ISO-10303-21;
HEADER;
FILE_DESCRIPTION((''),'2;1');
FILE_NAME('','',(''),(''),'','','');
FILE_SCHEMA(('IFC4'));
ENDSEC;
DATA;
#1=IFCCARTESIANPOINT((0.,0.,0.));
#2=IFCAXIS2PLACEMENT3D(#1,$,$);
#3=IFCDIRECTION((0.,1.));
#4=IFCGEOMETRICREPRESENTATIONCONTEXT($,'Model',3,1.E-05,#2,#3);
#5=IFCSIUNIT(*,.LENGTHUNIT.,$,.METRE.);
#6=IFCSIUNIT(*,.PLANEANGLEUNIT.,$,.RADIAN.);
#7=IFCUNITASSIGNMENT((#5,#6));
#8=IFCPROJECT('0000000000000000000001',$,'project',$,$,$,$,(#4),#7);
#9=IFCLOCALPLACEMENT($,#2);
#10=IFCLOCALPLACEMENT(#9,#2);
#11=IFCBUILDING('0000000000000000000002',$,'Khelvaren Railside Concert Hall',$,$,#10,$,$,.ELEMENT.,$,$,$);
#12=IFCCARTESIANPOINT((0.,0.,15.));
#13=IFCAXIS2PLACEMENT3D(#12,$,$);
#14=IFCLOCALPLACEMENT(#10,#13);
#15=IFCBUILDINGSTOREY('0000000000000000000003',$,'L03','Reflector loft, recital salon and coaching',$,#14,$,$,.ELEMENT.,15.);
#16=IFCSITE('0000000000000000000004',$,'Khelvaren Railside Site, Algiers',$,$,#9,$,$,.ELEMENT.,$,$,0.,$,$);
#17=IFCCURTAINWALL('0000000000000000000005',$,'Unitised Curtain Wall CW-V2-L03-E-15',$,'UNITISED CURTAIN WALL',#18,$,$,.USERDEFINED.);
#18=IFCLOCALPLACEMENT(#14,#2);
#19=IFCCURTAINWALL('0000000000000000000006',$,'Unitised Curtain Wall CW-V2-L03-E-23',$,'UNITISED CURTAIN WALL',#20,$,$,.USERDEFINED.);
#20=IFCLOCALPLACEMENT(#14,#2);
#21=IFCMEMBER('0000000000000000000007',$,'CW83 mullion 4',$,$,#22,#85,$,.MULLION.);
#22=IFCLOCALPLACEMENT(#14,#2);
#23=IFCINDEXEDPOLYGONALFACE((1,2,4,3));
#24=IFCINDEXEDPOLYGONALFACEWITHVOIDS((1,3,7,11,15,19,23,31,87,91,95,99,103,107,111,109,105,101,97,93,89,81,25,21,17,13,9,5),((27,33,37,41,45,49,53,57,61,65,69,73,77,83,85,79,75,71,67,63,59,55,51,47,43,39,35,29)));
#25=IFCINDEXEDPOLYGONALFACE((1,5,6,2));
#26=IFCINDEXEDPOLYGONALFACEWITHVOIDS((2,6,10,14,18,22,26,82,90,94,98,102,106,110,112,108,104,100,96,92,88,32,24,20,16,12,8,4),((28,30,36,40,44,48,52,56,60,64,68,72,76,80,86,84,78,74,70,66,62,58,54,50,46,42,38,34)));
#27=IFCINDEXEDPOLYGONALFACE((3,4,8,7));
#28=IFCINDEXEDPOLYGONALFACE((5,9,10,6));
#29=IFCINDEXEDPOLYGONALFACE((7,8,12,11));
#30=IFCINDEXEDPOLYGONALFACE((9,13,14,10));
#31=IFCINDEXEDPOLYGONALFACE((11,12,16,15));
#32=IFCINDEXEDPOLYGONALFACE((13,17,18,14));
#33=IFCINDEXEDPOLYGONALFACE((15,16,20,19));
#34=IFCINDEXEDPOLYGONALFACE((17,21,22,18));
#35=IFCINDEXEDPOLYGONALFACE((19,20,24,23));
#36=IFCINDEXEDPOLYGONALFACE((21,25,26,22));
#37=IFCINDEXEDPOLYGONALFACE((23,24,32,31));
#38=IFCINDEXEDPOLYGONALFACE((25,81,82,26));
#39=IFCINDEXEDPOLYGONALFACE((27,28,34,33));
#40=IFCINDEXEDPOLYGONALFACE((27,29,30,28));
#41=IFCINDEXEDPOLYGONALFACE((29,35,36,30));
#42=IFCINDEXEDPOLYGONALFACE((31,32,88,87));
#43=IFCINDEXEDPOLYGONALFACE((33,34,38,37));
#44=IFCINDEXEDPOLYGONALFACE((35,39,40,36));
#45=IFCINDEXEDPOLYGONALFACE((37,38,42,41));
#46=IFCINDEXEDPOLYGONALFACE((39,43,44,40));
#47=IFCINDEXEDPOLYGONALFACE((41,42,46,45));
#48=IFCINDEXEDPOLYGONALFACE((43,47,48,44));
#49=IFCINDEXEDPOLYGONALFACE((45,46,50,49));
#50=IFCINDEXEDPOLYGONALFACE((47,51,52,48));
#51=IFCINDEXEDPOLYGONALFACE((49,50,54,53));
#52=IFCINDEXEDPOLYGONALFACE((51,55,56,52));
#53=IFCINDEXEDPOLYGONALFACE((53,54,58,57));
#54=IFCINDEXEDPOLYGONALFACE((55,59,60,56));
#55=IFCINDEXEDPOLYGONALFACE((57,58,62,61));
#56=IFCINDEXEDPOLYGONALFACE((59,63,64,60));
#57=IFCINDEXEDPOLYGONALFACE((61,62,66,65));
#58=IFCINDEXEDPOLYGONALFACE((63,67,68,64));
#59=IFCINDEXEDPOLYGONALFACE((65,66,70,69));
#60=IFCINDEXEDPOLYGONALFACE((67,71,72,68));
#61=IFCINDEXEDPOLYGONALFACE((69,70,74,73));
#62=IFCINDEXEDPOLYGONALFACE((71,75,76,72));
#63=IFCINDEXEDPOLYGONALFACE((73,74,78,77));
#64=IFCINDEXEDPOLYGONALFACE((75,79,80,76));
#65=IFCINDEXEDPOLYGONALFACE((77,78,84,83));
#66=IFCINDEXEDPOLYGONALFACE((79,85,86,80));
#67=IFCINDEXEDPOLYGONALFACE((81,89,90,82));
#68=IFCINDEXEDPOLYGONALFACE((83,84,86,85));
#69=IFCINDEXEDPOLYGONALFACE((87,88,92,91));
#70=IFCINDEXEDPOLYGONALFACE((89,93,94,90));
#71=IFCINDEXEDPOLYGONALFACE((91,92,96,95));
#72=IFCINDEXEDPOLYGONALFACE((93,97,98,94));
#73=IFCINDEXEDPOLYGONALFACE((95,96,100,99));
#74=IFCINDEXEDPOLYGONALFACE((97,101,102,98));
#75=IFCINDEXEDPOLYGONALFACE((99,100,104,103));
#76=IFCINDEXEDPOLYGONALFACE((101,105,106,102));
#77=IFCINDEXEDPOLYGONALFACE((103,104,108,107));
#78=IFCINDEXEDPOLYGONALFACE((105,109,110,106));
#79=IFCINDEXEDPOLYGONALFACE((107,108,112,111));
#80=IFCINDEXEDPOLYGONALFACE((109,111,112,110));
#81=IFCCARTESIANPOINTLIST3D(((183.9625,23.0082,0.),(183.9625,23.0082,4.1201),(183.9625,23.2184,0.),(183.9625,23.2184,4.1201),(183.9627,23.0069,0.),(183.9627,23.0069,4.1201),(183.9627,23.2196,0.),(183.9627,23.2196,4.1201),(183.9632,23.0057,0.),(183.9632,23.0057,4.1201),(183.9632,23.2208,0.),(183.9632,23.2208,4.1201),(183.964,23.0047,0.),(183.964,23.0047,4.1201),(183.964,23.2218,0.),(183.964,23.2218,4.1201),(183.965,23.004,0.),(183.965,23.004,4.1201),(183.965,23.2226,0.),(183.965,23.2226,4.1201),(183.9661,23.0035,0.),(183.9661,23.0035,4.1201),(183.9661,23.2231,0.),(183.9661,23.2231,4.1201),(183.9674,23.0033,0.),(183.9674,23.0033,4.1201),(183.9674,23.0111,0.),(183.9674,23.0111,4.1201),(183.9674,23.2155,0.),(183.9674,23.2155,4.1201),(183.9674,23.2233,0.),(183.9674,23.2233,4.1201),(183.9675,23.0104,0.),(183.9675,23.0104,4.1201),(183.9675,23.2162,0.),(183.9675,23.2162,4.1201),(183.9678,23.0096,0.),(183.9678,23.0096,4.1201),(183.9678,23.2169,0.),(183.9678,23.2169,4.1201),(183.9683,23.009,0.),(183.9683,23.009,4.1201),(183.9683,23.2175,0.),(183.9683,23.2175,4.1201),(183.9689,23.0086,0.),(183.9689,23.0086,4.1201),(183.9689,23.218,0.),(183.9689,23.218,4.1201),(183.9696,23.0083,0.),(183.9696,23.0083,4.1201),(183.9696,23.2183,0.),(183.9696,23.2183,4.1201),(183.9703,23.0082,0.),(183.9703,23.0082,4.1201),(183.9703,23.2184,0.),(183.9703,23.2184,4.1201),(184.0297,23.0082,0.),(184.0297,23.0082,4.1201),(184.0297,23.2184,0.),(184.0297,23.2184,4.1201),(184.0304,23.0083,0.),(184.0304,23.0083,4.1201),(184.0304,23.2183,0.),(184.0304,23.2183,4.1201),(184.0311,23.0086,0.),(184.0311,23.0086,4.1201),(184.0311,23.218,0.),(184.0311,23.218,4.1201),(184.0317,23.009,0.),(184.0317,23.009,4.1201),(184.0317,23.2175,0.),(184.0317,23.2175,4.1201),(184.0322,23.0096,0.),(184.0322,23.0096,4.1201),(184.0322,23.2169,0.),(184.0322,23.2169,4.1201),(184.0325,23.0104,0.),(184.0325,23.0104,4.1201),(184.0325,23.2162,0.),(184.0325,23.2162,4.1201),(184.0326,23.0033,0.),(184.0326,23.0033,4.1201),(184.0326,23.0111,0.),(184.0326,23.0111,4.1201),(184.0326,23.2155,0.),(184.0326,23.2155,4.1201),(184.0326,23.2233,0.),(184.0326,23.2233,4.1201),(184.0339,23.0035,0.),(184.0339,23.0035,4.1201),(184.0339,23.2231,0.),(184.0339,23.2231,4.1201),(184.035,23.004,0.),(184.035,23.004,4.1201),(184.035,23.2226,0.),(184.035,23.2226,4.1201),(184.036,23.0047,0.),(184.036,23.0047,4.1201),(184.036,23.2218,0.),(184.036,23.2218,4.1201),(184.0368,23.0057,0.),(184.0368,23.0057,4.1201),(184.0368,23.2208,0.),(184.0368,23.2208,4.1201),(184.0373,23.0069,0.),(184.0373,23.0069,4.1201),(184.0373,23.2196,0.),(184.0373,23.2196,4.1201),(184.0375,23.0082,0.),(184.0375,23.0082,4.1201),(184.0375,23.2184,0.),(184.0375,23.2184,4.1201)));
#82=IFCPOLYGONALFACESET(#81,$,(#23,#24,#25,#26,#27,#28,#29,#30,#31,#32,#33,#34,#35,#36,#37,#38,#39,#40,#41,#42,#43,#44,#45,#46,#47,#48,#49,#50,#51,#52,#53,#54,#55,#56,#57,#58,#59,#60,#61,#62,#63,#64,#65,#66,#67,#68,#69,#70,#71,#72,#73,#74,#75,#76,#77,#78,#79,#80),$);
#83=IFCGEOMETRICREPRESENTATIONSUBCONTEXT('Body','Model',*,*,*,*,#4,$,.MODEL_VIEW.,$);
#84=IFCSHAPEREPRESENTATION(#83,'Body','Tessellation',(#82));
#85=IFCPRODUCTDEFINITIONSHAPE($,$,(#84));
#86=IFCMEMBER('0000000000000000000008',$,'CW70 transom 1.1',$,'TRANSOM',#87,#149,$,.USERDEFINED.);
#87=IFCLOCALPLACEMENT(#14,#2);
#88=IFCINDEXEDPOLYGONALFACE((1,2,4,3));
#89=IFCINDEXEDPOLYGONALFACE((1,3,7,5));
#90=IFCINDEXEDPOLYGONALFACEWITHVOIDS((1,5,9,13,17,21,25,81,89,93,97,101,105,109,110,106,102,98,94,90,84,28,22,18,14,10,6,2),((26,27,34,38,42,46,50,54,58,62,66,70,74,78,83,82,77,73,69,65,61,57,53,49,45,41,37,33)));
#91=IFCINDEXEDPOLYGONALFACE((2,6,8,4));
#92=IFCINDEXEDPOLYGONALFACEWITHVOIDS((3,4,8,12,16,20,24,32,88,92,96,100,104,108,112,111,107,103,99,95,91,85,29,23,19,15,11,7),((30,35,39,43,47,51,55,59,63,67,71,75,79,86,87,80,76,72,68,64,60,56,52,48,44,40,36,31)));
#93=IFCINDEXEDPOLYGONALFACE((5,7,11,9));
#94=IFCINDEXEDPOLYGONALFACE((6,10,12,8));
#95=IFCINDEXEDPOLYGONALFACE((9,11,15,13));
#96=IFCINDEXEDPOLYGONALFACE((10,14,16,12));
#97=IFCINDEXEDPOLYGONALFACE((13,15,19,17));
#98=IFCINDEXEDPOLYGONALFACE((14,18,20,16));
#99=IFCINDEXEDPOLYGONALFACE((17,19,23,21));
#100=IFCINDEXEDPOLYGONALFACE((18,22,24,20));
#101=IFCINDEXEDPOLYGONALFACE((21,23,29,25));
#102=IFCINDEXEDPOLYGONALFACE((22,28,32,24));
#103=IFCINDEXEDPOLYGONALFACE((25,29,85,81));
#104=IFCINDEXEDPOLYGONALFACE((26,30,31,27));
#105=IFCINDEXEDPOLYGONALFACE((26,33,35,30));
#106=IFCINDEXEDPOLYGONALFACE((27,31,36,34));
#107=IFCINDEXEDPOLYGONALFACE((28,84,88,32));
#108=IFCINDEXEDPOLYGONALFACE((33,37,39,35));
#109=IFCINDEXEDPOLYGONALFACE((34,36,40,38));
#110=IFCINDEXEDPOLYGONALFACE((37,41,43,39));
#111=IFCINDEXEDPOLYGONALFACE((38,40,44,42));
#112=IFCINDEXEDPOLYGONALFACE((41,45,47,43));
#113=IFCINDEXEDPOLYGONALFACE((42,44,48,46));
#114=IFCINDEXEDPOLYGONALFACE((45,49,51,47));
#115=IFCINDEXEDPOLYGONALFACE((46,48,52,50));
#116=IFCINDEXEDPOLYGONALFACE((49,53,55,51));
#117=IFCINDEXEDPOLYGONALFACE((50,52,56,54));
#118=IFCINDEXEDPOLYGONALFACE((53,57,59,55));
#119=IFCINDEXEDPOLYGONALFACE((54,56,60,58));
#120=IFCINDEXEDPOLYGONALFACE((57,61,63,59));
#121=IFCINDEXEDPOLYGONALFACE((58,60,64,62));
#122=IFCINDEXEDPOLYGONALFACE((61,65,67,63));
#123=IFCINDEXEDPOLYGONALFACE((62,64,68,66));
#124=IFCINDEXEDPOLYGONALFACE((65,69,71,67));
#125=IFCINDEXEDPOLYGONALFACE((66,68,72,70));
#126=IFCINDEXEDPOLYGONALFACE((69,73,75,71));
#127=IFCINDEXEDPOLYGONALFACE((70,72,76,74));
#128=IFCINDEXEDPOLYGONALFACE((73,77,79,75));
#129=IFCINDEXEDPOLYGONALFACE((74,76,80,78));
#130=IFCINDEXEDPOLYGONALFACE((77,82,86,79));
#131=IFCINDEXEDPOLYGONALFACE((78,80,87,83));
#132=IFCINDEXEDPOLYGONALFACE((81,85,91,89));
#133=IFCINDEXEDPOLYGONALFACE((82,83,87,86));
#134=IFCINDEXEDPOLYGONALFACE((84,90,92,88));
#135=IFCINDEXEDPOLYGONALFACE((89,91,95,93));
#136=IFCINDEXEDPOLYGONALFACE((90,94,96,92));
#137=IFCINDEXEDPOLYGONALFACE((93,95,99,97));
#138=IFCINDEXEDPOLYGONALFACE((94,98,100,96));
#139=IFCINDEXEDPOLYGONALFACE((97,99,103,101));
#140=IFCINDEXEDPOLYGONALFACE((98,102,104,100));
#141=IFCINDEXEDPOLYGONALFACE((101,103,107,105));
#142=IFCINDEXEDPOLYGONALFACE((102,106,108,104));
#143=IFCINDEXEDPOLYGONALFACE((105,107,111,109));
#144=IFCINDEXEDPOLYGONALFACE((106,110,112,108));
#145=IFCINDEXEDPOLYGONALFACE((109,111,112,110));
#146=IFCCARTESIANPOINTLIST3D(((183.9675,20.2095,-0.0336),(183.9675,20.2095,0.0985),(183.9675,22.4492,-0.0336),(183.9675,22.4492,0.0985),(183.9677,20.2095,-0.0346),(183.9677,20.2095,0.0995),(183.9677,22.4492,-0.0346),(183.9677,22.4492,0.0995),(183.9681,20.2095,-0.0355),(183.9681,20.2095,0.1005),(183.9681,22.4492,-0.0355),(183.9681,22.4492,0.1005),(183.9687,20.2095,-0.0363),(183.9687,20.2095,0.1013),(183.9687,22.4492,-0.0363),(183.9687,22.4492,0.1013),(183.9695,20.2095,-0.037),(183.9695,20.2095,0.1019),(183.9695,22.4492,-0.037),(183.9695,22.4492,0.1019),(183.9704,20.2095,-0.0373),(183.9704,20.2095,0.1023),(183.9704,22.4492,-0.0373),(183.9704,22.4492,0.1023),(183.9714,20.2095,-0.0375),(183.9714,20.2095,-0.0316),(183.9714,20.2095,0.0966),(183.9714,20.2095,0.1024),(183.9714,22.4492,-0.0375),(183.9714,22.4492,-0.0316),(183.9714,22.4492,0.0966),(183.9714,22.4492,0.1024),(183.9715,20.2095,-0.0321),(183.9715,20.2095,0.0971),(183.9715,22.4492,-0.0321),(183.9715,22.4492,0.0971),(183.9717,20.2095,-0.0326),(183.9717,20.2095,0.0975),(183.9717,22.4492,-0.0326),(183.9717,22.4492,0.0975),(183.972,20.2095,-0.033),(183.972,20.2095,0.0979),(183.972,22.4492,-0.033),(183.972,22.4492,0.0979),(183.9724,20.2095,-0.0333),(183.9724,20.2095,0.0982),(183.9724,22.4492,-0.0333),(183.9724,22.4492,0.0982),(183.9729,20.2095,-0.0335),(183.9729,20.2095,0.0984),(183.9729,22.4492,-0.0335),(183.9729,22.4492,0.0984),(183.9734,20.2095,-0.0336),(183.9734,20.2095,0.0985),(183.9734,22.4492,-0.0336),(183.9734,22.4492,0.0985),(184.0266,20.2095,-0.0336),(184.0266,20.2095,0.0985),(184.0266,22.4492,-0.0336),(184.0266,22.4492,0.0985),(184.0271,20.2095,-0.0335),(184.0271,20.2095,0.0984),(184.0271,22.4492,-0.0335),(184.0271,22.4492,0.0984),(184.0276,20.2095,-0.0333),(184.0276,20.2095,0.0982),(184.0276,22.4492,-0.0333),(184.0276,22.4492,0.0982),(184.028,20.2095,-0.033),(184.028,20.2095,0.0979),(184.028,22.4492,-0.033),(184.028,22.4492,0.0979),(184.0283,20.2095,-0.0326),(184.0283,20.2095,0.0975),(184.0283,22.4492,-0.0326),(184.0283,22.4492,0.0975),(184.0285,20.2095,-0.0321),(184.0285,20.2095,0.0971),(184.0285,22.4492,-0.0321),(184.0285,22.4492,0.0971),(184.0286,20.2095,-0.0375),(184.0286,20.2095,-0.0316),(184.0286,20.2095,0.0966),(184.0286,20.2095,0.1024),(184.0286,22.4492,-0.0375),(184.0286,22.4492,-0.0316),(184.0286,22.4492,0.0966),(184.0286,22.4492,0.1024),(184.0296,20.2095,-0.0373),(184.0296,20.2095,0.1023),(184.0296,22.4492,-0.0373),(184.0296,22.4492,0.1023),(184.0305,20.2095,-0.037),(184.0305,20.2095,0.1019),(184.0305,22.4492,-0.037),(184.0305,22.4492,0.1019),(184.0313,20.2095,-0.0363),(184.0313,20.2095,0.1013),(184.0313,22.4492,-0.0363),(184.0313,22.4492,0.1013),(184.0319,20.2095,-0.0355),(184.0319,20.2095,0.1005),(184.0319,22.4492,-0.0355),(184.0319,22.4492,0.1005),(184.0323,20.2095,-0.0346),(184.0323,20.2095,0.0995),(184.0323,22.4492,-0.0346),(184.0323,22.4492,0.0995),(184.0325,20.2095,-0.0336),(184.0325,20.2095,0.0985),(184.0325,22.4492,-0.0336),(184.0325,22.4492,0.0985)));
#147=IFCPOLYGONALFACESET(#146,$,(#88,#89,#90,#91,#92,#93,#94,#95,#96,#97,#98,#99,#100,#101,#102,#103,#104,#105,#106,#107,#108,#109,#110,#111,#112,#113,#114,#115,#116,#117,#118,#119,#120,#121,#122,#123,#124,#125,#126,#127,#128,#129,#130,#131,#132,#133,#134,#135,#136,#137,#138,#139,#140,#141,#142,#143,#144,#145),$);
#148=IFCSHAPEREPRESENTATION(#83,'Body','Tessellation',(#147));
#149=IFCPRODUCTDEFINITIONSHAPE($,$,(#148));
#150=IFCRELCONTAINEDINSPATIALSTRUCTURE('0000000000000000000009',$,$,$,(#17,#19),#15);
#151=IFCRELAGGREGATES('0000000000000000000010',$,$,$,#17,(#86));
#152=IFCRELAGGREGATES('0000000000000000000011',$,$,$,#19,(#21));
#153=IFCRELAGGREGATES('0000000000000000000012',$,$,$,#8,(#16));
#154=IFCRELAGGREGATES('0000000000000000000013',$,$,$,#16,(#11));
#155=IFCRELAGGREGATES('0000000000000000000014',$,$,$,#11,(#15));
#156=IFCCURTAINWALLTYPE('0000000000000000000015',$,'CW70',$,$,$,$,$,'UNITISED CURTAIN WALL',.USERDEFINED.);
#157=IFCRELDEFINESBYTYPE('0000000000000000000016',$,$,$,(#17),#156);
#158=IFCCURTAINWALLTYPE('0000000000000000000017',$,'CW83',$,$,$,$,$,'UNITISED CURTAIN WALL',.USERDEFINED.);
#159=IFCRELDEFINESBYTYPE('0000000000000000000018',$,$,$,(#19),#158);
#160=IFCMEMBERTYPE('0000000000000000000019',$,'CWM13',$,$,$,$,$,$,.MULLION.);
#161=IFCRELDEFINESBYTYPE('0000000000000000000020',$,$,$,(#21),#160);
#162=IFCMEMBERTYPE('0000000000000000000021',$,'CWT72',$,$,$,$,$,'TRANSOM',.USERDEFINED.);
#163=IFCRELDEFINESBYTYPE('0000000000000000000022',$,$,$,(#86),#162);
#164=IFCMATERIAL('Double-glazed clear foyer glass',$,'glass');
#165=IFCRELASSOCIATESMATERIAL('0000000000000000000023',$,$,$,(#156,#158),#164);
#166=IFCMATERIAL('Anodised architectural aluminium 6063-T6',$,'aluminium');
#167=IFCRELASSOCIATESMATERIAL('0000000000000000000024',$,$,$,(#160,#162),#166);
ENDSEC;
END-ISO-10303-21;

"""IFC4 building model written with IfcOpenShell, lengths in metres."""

from ifc_helpers import new_model, si_unit, direction, frame, origin, origin_2d, place, context, subcontext, project, spatial, hollow_rectangle, extrude, material, material_profile, profile_set, type_object, element, aggregate, save


model = new_model("IFC4")

# Units and contexts
model_context = context("Model", 3, precision=1e-05, world=origin(), true_north=direction((0.0, 1.0)))
body_context = subcontext(model_context, "Body", "Model", "MODEL_VIEW")
ifc_project = project(units=[si_unit("LENGTHUNIT", "METRE"), si_unit("PLANEANGLEUNIT", "RADIAN")], contexts=[model_context])

# Site, building, storey
site_placement = place(None, origin())
site = spatial("IfcSite", under=ifc_project, at=site_placement, Name="Khelvaren Railside Site, Algiers", CompositionType="ELEMENT", RefElevation=0.0)
building_placement = place(site_placement, origin())
building = spatial("IfcBuilding", under=site, at=building_placement, Name="Khelvaren Railside Concert Hall", CompositionType="ELEMENT")
storey_placement = place(building_placement, frame((0.0, 0.0, 15.0)))
storey = spatial("IfcBuildingStorey", under=building, at=storey_placement, Name="L03", Description="Reflector loft, recital salon and coaching", CompositionType="ELEMENT", Elevation=15.0)

# Curtain walls, member
ifc_material_1 = material(Name="Double-glazed clear foyer glass", Category="glass")
curtain_wall_type_1 = type_object("IfcCurtainWallType", Name="CW70", ElementType="UNITISED CURTAIN WALL", PredefinedType="USERDEFINED", material=ifc_material_1)
curtain_wall_1_placement = place(storey_placement, origin())
curtain_wall_1 = element("IfcCurtainWall", 1, at=curtain_wall_1_placement, inside=storey, type_object=curtain_wall_type_1, Name="Unitised Curtain Wall CW-V2-L03-E-15", ObjectType="UNITISED CURTAIN WALL", PredefinedType="USERDEFINED")
ifc_material_2 = material(Name="Anodised architectural aluminium 6063-T6", Category="aluminium")
ifc_material_profile_1 = material_profile(ifc_material_2, hollow_rectangle(XDim=0.075, YDim=0.22, WallThickness=0.0049, InnerFilletRadius=0.0029, OuterFilletRadius=0.0049, at=origin_2d()), Name="CWM 75x220x5")
ifc_profile_set_1 = profile_set([ifc_material_profile_1], Name="Anodised architectural aluminium 6063-T6")
member_type_1 = type_object("IfcMemberType", Name="CWM13", PredefinedType="MULLION", material=ifc_profile_set_1)
curtain_wall_type_2 = type_object("IfcCurtainWallType", Name="CW83", ElementType="UNITISED CURTAIN WALL", PredefinedType="USERDEFINED", material=ifc_material_1)
curtain_wall_2_placement = place(storey_placement, origin())
curtain_wall_2 = element("IfcCurtainWall", 2, at=curtain_wall_2_placement, inside=storey, type_object=curtain_wall_type_2, Name="Unitised Curtain Wall CW-V2-L03-E-23", ObjectType="UNITISED CURTAIN WALL", PredefinedType="USERDEFINED")
member_1_placement = place(storey_placement, frame((184.0, 23.1133, 0.0), z_axis=(0.0, 0.0, 1.0), x_axis=(1.0, 0.0, 0.0)))
member_1 = element("IfcMember", 3, at=member_1_placement, type_object=member_type_1, Name="CW83 mullion 4", PredefinedType="MULLION", context=body_context, shape_type="SweptSolid", body=[
    extrude(hollow_rectangle(XDim=0.075, YDim=0.22, WallThickness=0.0049, InnerFilletRadius=0.0029, OuterFilletRadius=0.0049, at=origin_2d()), origin(), (0.0, 0.0, 1.0), 4.1201),
])

# Member
ifc_material_profile_2 = material_profile(ifc_material_2, hollow_rectangle(XDim=0.0649, YDim=0.1399, WallThickness=0.0039, InnerFilletRadius=0.002, OuterFilletRadius=0.0039, at=origin_2d()), Name="CWT 65x140x4")
ifc_profile_set_2 = profile_set([ifc_material_profile_2], Name="Anodised architectural aluminium 6063-T6")
member_type_2 = type_object("IfcMemberType", Name="CWT72", ElementType="TRANSOM", PredefinedType="USERDEFINED", material=ifc_profile_set_2)
member_2_placement = place(storey_placement, frame((184.0, 22.4492, 0.0325), z_axis=(0.0, -1.0, 0.0), x_axis=(1.0, 0.0, 0.0)))
member_2 = element("IfcMember", 4, at=member_2_placement, type_object=member_type_2, Name="CW70 transom 1.1", ObjectType="TRANSOM", PredefinedType="USERDEFINED", context=body_context, shape_type="SweptSolid", body=[
    extrude(hollow_rectangle(XDim=0.0649, YDim=0.1399, WallThickness=0.0039, InnerFilletRadius=0.002, OuterFilletRadius=0.0039, at=origin_2d()), origin(), (0.0, 0.0, 1.0), 2.2397),
])

aggregate(curtain_wall_1, [member_2])
aggregate(curtain_wall_2, [member_1])

save(model, "model.ifc")
